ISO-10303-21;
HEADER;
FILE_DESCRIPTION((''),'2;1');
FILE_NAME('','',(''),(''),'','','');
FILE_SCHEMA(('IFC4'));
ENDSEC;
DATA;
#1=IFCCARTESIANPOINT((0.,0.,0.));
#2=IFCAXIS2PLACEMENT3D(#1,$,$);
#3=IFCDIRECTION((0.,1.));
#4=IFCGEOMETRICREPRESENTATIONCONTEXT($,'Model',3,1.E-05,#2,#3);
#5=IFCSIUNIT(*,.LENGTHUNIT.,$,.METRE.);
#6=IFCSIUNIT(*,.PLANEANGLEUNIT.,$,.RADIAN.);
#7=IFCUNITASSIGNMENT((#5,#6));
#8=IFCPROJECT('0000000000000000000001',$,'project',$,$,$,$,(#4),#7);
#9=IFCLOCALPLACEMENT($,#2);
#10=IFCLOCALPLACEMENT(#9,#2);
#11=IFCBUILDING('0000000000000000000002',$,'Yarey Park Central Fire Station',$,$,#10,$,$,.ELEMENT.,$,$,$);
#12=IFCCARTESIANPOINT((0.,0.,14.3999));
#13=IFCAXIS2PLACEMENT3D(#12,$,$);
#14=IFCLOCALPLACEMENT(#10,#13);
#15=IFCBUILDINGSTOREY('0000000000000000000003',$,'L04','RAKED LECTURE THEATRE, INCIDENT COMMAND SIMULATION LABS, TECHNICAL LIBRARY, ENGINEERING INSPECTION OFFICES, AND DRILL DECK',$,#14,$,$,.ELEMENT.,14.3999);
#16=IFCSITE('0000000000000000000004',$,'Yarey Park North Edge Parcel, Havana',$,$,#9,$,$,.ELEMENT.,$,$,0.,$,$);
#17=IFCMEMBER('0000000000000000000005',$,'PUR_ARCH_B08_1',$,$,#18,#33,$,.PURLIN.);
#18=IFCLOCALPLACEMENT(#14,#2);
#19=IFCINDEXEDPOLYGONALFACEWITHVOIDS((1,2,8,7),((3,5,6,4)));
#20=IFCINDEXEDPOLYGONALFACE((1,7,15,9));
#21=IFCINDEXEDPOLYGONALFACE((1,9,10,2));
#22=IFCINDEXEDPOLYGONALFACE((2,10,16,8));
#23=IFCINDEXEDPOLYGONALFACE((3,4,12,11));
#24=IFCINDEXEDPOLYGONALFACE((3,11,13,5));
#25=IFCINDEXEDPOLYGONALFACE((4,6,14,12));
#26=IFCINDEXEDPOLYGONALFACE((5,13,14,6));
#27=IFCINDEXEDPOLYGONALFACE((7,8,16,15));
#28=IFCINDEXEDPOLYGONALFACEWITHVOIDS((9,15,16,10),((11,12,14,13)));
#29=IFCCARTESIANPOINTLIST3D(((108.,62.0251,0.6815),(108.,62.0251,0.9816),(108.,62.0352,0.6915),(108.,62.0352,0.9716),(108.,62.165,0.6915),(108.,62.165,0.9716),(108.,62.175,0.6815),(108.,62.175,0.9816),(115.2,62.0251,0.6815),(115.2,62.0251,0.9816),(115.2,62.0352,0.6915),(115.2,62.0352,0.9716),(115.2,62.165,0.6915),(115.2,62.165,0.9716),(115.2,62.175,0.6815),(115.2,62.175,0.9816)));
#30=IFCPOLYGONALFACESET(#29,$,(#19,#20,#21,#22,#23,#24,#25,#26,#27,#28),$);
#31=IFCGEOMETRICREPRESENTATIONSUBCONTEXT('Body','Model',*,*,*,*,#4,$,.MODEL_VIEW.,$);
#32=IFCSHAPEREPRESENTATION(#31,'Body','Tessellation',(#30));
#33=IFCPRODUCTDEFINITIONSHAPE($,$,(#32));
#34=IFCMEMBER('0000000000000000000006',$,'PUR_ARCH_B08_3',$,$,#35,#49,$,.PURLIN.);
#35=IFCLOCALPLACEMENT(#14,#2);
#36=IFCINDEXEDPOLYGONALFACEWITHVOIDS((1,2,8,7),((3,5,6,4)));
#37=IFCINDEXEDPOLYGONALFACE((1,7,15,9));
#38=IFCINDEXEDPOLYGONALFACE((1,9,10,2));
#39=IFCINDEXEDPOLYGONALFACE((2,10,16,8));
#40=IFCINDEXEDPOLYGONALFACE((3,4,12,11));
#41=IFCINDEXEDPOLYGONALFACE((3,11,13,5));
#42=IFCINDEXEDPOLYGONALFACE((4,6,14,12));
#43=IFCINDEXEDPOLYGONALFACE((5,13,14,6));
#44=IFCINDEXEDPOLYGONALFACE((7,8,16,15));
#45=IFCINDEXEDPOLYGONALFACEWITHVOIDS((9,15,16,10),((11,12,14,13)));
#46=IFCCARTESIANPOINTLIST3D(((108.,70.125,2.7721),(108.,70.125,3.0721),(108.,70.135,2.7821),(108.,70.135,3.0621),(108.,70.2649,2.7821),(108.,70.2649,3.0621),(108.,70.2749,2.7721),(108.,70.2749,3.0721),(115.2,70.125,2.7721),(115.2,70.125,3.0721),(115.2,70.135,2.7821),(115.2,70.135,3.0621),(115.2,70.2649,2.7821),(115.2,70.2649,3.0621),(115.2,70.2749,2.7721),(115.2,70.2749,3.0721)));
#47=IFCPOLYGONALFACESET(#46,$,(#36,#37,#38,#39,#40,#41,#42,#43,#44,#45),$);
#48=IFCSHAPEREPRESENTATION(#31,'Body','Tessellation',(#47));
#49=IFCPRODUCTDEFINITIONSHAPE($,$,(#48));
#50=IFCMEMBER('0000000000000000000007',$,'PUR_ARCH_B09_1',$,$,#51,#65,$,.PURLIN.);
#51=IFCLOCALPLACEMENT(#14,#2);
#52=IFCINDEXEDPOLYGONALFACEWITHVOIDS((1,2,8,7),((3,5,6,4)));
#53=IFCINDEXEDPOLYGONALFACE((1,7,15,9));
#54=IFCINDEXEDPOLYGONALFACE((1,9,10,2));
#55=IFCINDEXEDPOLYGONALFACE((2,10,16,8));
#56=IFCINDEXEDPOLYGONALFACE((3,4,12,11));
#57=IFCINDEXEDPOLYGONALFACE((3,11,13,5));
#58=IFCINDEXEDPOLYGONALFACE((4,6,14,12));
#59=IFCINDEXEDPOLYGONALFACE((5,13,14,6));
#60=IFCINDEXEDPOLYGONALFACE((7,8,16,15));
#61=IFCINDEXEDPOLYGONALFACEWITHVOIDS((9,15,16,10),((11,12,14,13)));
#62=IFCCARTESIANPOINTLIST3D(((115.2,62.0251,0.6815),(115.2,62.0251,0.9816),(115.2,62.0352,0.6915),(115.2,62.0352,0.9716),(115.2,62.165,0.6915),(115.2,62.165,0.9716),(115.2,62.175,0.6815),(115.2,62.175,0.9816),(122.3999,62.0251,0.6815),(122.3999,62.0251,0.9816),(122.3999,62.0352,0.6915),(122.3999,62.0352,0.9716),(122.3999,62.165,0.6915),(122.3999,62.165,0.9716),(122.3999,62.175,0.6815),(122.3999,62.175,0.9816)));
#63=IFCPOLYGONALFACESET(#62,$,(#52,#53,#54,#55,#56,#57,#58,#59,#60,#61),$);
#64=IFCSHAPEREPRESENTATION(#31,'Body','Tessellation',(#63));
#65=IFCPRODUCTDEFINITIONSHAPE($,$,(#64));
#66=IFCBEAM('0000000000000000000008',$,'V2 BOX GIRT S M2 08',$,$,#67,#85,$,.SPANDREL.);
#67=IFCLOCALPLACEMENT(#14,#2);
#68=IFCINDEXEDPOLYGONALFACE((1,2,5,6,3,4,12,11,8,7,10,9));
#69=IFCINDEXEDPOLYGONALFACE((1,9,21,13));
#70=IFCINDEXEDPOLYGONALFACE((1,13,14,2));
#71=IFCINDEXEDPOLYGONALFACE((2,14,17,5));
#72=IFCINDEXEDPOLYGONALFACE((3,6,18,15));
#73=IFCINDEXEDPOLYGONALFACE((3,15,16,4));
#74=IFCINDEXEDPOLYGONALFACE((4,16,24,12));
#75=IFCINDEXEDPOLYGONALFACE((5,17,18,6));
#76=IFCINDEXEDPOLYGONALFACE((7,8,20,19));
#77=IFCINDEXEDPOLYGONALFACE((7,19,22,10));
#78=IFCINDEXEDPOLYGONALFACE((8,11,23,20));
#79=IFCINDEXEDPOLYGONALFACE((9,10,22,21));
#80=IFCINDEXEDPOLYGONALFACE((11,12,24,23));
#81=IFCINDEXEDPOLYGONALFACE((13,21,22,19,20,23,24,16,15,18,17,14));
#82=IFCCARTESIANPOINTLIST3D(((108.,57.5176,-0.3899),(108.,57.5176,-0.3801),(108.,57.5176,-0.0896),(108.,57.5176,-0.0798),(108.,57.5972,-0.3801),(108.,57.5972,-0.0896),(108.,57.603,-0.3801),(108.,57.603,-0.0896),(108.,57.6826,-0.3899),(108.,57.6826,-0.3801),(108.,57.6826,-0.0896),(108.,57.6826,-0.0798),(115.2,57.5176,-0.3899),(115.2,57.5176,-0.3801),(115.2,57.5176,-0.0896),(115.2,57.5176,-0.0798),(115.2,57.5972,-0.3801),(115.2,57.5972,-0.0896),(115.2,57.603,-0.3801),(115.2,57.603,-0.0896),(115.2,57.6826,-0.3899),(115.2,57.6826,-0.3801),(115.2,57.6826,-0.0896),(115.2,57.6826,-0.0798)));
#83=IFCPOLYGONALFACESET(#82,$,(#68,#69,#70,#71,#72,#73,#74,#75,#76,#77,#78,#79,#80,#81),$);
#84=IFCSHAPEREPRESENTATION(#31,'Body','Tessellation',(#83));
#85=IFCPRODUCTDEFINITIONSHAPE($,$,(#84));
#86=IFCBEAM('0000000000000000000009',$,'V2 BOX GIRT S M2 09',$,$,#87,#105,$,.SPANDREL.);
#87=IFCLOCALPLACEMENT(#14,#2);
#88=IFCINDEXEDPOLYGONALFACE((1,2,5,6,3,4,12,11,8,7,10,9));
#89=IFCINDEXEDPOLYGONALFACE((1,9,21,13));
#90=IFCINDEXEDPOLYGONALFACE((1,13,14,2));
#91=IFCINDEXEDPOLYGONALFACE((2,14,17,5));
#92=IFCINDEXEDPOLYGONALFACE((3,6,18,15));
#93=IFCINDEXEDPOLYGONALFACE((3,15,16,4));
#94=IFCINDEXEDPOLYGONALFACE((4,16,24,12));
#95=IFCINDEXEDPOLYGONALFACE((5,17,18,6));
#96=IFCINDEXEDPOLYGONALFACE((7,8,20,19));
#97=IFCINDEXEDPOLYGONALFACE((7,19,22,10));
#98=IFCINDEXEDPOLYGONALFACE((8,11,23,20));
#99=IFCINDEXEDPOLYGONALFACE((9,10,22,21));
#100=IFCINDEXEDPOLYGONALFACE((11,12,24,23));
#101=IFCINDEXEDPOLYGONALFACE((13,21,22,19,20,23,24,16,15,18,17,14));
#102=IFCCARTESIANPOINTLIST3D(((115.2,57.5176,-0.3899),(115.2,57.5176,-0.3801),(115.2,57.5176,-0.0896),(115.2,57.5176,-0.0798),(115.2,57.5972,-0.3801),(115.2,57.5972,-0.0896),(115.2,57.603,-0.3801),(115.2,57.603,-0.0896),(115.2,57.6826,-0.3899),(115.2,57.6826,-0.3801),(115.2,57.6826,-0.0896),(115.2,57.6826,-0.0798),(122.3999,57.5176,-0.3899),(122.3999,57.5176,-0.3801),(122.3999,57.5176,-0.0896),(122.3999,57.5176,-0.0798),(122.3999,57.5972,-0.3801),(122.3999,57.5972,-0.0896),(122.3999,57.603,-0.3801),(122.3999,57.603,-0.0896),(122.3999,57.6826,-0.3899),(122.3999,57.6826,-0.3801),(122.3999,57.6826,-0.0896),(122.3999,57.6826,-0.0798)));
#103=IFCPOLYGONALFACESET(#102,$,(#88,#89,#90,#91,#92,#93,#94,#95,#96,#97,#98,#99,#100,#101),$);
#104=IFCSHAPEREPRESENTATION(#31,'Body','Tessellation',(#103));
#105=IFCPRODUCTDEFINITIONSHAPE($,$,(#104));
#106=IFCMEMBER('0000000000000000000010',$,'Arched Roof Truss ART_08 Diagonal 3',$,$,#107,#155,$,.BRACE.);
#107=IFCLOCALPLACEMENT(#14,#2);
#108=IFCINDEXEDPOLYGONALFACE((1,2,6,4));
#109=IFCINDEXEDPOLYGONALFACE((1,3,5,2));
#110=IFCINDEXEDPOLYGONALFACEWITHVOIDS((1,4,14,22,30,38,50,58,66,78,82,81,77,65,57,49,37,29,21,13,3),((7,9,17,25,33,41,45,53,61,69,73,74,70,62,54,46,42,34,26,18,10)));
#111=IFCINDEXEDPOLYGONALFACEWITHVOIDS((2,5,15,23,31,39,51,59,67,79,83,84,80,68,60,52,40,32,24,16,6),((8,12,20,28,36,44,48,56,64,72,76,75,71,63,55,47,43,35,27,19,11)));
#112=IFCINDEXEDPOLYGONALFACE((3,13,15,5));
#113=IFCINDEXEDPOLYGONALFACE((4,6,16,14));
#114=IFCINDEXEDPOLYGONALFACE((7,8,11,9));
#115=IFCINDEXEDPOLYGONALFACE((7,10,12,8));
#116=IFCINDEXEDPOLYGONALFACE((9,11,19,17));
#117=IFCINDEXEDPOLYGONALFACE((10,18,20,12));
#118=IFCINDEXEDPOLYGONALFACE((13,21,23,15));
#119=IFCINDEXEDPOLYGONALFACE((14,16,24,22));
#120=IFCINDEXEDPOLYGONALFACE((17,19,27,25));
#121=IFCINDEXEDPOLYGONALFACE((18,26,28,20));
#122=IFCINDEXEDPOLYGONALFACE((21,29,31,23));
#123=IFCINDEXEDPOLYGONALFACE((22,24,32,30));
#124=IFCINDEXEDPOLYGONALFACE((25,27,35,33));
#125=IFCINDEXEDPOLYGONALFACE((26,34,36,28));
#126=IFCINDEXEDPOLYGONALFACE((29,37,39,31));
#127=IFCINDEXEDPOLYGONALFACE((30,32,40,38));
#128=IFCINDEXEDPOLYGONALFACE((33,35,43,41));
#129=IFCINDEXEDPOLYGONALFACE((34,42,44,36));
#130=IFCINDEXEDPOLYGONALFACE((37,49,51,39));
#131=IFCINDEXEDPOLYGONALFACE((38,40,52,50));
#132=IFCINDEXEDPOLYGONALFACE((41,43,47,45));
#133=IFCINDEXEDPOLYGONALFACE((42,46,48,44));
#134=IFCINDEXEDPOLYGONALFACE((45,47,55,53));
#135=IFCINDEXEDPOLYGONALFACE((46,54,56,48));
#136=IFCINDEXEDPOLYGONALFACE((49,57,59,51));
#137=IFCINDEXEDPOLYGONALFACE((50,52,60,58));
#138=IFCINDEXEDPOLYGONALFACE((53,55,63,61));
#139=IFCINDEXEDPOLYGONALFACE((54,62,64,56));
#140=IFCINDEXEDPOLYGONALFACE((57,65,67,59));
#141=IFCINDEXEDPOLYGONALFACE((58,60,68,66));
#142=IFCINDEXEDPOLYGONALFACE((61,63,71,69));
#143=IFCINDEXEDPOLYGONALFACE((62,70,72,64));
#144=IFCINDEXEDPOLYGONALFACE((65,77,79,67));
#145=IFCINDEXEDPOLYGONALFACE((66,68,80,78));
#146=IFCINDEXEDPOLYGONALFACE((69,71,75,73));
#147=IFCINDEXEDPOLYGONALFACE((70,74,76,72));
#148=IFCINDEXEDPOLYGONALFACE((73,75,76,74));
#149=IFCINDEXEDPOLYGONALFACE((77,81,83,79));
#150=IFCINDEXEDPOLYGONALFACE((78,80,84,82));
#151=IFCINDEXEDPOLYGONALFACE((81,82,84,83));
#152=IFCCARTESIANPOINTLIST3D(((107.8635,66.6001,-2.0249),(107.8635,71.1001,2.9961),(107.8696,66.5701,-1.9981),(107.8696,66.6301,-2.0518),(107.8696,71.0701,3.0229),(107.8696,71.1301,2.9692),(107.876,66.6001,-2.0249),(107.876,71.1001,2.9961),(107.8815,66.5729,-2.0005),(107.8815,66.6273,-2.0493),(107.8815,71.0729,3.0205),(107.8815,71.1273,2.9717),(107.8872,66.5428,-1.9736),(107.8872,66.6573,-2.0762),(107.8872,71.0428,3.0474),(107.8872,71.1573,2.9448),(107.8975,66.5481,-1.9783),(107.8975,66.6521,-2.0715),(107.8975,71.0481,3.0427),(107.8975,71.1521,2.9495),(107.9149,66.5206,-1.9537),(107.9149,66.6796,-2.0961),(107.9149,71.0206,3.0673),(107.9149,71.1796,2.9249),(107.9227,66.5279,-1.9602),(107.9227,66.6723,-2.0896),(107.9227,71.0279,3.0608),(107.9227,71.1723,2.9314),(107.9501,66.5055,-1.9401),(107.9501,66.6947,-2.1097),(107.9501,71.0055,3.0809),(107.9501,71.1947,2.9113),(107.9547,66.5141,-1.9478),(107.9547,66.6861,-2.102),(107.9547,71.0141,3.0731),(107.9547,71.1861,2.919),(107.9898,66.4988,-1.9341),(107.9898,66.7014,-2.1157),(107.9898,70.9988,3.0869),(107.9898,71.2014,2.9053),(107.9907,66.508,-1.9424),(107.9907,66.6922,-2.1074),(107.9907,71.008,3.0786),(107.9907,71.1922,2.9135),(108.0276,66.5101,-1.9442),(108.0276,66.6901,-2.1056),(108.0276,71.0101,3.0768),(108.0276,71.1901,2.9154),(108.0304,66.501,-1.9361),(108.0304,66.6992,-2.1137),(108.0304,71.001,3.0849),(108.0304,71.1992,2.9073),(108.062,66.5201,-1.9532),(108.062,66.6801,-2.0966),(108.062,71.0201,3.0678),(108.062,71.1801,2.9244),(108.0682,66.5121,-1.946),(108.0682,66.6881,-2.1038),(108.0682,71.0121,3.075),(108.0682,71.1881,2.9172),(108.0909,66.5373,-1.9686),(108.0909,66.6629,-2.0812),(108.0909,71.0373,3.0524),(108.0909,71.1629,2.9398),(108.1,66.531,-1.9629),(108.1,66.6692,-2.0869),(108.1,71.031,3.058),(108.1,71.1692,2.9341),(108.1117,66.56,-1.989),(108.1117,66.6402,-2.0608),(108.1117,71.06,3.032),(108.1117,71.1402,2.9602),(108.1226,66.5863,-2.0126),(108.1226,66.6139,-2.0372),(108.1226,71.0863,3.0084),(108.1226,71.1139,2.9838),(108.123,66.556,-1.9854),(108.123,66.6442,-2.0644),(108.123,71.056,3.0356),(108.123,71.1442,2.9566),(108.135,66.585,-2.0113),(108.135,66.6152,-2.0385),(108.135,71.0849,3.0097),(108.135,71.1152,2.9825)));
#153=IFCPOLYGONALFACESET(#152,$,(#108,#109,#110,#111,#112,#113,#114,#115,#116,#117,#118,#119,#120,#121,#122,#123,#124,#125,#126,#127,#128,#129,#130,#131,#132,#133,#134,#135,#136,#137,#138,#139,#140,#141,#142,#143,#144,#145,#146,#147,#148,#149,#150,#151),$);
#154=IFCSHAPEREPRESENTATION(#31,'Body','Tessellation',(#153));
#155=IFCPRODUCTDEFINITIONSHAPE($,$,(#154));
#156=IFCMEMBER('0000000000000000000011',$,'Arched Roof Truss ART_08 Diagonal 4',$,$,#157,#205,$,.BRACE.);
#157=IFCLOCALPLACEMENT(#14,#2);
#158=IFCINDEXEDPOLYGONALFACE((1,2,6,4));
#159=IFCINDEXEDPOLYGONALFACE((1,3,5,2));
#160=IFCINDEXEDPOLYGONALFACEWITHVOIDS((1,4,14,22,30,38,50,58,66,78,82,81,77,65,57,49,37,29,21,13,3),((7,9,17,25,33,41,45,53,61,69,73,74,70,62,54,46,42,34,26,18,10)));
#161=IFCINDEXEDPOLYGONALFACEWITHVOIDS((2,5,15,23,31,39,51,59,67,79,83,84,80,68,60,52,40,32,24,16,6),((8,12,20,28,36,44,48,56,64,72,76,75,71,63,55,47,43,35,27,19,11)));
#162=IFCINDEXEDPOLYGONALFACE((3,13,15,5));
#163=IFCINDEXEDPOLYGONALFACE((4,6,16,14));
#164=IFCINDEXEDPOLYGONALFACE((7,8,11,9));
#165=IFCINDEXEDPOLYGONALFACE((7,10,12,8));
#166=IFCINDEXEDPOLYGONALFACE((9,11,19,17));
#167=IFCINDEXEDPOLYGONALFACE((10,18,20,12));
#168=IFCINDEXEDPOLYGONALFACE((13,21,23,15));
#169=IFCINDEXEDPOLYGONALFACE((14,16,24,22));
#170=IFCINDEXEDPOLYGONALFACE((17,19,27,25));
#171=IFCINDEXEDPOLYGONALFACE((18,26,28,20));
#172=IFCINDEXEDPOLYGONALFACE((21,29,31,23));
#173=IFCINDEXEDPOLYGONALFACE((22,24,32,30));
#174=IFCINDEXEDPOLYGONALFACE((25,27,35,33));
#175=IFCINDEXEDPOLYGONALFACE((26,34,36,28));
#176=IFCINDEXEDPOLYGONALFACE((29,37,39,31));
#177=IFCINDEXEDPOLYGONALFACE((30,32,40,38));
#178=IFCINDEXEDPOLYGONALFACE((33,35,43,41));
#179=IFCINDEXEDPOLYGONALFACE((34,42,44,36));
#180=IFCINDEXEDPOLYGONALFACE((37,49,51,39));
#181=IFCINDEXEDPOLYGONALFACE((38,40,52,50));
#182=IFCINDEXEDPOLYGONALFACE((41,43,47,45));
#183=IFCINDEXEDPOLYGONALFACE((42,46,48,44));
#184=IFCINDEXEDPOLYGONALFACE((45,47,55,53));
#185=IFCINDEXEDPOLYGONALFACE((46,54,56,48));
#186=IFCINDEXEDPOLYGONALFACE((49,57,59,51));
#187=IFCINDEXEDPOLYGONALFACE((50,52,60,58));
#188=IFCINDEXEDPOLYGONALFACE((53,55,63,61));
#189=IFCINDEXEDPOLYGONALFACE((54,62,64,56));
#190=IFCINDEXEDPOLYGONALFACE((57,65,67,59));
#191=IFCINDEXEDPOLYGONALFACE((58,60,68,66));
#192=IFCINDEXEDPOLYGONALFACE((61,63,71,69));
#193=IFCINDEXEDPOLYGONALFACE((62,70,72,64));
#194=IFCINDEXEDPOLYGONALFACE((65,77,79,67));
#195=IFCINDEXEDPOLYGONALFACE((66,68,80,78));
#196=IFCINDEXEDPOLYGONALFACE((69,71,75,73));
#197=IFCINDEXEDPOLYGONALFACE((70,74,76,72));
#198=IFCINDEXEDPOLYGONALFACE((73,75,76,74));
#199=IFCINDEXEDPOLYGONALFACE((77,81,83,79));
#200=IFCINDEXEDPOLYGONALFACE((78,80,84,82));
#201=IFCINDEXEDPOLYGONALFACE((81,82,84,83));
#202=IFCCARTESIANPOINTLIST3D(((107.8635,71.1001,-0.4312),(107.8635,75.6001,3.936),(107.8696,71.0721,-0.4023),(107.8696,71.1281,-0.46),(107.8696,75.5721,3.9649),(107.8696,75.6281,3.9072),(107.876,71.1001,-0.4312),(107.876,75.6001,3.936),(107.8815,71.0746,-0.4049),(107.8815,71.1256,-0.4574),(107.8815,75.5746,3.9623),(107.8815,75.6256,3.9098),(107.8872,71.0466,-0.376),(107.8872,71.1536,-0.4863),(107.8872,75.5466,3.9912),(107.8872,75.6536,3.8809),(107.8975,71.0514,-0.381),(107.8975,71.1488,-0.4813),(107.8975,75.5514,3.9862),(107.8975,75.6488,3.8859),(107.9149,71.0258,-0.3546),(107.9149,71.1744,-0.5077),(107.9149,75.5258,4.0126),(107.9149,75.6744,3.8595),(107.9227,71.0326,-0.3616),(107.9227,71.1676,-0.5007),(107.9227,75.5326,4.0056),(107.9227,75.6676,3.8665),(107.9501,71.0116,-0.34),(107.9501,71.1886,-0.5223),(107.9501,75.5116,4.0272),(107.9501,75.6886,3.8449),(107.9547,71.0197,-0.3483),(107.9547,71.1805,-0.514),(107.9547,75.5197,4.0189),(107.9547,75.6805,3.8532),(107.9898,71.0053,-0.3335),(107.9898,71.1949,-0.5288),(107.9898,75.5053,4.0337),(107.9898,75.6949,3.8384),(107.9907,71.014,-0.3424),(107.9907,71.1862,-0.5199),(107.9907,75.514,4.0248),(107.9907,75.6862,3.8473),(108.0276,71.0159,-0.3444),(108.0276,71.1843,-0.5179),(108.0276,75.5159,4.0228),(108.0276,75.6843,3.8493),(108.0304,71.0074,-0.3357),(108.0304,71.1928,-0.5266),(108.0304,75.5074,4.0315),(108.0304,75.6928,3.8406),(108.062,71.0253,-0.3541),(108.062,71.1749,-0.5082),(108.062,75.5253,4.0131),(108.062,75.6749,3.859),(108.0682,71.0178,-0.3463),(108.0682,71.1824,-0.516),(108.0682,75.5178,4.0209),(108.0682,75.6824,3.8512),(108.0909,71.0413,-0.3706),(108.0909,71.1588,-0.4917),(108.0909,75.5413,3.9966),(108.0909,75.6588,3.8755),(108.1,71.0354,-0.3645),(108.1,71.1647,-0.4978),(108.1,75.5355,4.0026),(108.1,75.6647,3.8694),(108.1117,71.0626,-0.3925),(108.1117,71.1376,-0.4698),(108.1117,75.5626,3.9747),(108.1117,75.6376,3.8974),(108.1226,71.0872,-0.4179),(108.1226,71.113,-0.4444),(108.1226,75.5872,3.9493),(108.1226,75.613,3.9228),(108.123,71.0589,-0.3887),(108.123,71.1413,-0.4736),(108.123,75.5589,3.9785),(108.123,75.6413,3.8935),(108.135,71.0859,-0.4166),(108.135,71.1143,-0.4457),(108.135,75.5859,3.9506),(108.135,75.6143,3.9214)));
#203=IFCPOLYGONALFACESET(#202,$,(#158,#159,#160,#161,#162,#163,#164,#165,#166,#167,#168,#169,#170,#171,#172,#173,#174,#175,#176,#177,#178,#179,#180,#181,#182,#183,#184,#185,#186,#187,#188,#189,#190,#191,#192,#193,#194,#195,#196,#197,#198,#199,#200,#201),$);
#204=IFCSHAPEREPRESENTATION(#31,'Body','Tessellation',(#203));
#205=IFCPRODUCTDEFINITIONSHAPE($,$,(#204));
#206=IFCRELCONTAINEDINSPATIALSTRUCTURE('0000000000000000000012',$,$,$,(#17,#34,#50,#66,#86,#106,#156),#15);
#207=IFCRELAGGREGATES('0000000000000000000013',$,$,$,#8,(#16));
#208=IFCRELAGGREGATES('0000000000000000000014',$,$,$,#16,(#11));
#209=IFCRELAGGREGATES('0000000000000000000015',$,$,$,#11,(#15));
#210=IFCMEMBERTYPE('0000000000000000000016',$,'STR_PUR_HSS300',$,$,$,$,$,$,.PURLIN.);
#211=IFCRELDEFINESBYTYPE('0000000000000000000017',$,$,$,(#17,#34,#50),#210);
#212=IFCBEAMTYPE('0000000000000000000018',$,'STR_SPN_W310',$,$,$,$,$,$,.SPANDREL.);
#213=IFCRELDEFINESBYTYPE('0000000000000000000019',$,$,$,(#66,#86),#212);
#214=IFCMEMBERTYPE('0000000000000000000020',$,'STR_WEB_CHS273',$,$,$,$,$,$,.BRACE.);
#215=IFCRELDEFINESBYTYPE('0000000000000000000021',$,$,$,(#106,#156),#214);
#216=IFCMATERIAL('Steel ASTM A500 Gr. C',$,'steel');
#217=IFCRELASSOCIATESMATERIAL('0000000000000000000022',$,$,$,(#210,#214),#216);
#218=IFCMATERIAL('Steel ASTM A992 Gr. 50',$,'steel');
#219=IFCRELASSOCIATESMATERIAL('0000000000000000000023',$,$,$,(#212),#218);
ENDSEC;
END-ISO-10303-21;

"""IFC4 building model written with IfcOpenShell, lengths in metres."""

from ifc_helpers import new_model, si_unit, direction, frame, origin, origin_2d, place, context, subcontext, project, spatial, hollow_rectangle, hollow_circle, i_section, extrude, material, material_profile, profile_set, type_object, element, save


model = new_model("IFC4")

# Units and contexts
model_context = context("Model", 3, precision=1e-05, world=origin(), true_north=direction((0.0, 1.0)))
body_context = subcontext(model_context, "Body", "Model", "MODEL_VIEW")
ifc_project = project(units=[si_unit("LENGTHUNIT", "METRE"), si_unit("PLANEANGLEUNIT", "RADIAN")], contexts=[model_context])

# Site, building, storey
site_placement = place(None, origin())
site = spatial("IfcSite", under=ifc_project, at=site_placement, Name="Yarey Park North Edge Parcel, Havana", CompositionType="ELEMENT", RefElevation=0.0)
building_placement = place(site_placement, origin())
building = spatial("IfcBuilding", under=site, at=building_placement, Name="Yarey Park Central Fire Station", CompositionType="ELEMENT")
storey_placement = place(building_placement, frame((0.0, 0.0, 14.3999)))
storey = spatial("IfcBuildingStorey", under=building, at=storey_placement, Name="L04", Description="RAKED LECTURE THEATRE, INCIDENT COMMAND SIMULATION LABS, TECHNICAL LIBRARY, ENGINEERING INSPECTION OFFICES, AND DRILL DECK", CompositionType="ELEMENT", Elevation=14.3999)

# Shared definitions
ifc_material_1 = material(Name="Steel ASTM A992 Gr. 50", Category="steel")

# Members
ifc_material_2 = material(Name="Steel ASTM A500 Gr. C", Category="steel")
ifc_material_profile_1 = material_profile(ifc_material_2, hollow_rectangle(XDim=0.1499, YDim=0.3, WallThickness=0.01, at=origin_2d()), Name="HSS 300x150x10")
ifc_profile_set_1 = profile_set([ifc_material_profile_1], Name="Steel ASTM A500 Gr. C")
member_type_1 = type_object("IfcMemberType", Name="STR_PUR_HSS300", PredefinedType="PURLIN", material=ifc_profile_set_1)
for number, where, z_axis, x_axis, name in (
    (1, (108.0, 62.1001, 0.8315), (1.0, 0.0, 0.0), (0.0, 1.0, 0.0), "PUR_ARCH_B08_1"),
    (2, (108.0, 70.2, 2.9221), (1.0, 0.0, 0.0), (0.0, 1.0, 0.0), "PUR_ARCH_B08_3"),
    (3, (115.2, 62.1001, 0.8315), (1.0, 0.0, 0.0), (0.0, 1.0, 0.0), "PUR_ARCH_B09_1"),
):
    element("IfcMember", number, at=place(storey_placement, frame(where, z_axis=z_axis, x_axis=x_axis)), inside=storey, type_object=member_type_1, Name=name, PredefinedType="PURLIN", context=body_context, shape_type="SweptSolid", body=[
        extrude(hollow_rectangle(XDim=0.1499, YDim=0.3, WallThickness=0.01, at=origin_2d()), origin(), (0.0, 0.0, 1.0), 7.2),
    ])

# Beams
ifc_material_profile_2 = material_profile(ifc_material_1, i_section(OverallWidth=0.165, OverallDepth=0.3101, WebThickness=0.0059, FlangeThickness=0.0098, at=origin_2d()), Name="W310x39")
ifc_profile_set_2 = profile_set([ifc_material_profile_2], Name="Steel ASTM A992 Gr. 50")
beam_type = type_object("IfcBeamType", Name="STR_SPN_W310", PredefinedType="SPANDREL", material=ifc_profile_set_2)
for number, where, z_axis, x_axis, name in (
    (4, (108.0, 57.6001, -0.2349), (1.0, 0.0, 0.0), (0.0, 1.0, 0.0), "V2 BOX GIRT S M2 08"),
    (5, (115.2, 57.6001, -0.2349), (1.0, 0.0, 0.0), (0.0, 1.0, 0.0), "V2 BOX GIRT S M2 09"),
):
    element("IfcBeam", number, at=place(storey_placement, frame(where, z_axis=z_axis, x_axis=x_axis)), inside=storey, type_object=beam_type, Name=name, PredefinedType="SPANDREL", context=body_context, shape_type="SweptSolid", body=[
        extrude(i_section(OverallWidth=0.165, OverallDepth=0.3101, WebThickness=0.0059, FlangeThickness=0.0098, at=origin_2d()), origin(), (0.0, 0.0, 1.0), 7.2),
    ])

# Members
ifc_material_profile_3 = material_profile(ifc_material_2, hollow_circle(Radius=0.1365, WallThickness=0.0125, at=origin_2d()), Name="CHS 273x12.5")
ifc_profile_set_3 = profile_set([ifc_material_profile_3], Name="Steel ASTM A500 Gr. C")
member_type_2 = type_object("IfcMemberType", Name="STR_WEB_CHS273", PredefinedType="BRACE", material=ifc_profile_set_3)
member_1_placement = place(storey_placement, frame((108.0, 66.6001, -2.0249), z_axis=(0.0, 0.667415, 0.744686), x_axis=(-1.0, 0.0, 0.0)))
element("IfcMember", 6, at=member_1_placement, inside=storey, type_object=member_type_2, Name="Arched Roof Truss ART_08 Diagonal 3", PredefinedType="BRACE", context=body_context, shape_type="SweptSolid", body=[
    extrude(hollow_circle(Radius=0.1365, WallThickness=0.0125, at=origin_2d()), origin(), (0.0, 0.0, 1.0), 6.7424),
])
member_2_placement = place(storey_placement, frame((108.0, 71.1001, -0.4312), z_axis=(0.0, 0.717617, 0.696438), x_axis=(-1.0, 0.0, 0.0)))
element("IfcMember", 7, at=member_2_placement, inside=storey, type_object=member_type_2, Name="Arched Roof Truss ART_08 Diagonal 4", PredefinedType="BRACE", context=body_context, shape_type="SweptSolid", body=[
    extrude(hollow_circle(Radius=0.1365, WallThickness=0.0125, at=origin_2d()), origin(), (0.0, 0.0, 1.0), 6.2708),
])

save(model, "model.ifc")
